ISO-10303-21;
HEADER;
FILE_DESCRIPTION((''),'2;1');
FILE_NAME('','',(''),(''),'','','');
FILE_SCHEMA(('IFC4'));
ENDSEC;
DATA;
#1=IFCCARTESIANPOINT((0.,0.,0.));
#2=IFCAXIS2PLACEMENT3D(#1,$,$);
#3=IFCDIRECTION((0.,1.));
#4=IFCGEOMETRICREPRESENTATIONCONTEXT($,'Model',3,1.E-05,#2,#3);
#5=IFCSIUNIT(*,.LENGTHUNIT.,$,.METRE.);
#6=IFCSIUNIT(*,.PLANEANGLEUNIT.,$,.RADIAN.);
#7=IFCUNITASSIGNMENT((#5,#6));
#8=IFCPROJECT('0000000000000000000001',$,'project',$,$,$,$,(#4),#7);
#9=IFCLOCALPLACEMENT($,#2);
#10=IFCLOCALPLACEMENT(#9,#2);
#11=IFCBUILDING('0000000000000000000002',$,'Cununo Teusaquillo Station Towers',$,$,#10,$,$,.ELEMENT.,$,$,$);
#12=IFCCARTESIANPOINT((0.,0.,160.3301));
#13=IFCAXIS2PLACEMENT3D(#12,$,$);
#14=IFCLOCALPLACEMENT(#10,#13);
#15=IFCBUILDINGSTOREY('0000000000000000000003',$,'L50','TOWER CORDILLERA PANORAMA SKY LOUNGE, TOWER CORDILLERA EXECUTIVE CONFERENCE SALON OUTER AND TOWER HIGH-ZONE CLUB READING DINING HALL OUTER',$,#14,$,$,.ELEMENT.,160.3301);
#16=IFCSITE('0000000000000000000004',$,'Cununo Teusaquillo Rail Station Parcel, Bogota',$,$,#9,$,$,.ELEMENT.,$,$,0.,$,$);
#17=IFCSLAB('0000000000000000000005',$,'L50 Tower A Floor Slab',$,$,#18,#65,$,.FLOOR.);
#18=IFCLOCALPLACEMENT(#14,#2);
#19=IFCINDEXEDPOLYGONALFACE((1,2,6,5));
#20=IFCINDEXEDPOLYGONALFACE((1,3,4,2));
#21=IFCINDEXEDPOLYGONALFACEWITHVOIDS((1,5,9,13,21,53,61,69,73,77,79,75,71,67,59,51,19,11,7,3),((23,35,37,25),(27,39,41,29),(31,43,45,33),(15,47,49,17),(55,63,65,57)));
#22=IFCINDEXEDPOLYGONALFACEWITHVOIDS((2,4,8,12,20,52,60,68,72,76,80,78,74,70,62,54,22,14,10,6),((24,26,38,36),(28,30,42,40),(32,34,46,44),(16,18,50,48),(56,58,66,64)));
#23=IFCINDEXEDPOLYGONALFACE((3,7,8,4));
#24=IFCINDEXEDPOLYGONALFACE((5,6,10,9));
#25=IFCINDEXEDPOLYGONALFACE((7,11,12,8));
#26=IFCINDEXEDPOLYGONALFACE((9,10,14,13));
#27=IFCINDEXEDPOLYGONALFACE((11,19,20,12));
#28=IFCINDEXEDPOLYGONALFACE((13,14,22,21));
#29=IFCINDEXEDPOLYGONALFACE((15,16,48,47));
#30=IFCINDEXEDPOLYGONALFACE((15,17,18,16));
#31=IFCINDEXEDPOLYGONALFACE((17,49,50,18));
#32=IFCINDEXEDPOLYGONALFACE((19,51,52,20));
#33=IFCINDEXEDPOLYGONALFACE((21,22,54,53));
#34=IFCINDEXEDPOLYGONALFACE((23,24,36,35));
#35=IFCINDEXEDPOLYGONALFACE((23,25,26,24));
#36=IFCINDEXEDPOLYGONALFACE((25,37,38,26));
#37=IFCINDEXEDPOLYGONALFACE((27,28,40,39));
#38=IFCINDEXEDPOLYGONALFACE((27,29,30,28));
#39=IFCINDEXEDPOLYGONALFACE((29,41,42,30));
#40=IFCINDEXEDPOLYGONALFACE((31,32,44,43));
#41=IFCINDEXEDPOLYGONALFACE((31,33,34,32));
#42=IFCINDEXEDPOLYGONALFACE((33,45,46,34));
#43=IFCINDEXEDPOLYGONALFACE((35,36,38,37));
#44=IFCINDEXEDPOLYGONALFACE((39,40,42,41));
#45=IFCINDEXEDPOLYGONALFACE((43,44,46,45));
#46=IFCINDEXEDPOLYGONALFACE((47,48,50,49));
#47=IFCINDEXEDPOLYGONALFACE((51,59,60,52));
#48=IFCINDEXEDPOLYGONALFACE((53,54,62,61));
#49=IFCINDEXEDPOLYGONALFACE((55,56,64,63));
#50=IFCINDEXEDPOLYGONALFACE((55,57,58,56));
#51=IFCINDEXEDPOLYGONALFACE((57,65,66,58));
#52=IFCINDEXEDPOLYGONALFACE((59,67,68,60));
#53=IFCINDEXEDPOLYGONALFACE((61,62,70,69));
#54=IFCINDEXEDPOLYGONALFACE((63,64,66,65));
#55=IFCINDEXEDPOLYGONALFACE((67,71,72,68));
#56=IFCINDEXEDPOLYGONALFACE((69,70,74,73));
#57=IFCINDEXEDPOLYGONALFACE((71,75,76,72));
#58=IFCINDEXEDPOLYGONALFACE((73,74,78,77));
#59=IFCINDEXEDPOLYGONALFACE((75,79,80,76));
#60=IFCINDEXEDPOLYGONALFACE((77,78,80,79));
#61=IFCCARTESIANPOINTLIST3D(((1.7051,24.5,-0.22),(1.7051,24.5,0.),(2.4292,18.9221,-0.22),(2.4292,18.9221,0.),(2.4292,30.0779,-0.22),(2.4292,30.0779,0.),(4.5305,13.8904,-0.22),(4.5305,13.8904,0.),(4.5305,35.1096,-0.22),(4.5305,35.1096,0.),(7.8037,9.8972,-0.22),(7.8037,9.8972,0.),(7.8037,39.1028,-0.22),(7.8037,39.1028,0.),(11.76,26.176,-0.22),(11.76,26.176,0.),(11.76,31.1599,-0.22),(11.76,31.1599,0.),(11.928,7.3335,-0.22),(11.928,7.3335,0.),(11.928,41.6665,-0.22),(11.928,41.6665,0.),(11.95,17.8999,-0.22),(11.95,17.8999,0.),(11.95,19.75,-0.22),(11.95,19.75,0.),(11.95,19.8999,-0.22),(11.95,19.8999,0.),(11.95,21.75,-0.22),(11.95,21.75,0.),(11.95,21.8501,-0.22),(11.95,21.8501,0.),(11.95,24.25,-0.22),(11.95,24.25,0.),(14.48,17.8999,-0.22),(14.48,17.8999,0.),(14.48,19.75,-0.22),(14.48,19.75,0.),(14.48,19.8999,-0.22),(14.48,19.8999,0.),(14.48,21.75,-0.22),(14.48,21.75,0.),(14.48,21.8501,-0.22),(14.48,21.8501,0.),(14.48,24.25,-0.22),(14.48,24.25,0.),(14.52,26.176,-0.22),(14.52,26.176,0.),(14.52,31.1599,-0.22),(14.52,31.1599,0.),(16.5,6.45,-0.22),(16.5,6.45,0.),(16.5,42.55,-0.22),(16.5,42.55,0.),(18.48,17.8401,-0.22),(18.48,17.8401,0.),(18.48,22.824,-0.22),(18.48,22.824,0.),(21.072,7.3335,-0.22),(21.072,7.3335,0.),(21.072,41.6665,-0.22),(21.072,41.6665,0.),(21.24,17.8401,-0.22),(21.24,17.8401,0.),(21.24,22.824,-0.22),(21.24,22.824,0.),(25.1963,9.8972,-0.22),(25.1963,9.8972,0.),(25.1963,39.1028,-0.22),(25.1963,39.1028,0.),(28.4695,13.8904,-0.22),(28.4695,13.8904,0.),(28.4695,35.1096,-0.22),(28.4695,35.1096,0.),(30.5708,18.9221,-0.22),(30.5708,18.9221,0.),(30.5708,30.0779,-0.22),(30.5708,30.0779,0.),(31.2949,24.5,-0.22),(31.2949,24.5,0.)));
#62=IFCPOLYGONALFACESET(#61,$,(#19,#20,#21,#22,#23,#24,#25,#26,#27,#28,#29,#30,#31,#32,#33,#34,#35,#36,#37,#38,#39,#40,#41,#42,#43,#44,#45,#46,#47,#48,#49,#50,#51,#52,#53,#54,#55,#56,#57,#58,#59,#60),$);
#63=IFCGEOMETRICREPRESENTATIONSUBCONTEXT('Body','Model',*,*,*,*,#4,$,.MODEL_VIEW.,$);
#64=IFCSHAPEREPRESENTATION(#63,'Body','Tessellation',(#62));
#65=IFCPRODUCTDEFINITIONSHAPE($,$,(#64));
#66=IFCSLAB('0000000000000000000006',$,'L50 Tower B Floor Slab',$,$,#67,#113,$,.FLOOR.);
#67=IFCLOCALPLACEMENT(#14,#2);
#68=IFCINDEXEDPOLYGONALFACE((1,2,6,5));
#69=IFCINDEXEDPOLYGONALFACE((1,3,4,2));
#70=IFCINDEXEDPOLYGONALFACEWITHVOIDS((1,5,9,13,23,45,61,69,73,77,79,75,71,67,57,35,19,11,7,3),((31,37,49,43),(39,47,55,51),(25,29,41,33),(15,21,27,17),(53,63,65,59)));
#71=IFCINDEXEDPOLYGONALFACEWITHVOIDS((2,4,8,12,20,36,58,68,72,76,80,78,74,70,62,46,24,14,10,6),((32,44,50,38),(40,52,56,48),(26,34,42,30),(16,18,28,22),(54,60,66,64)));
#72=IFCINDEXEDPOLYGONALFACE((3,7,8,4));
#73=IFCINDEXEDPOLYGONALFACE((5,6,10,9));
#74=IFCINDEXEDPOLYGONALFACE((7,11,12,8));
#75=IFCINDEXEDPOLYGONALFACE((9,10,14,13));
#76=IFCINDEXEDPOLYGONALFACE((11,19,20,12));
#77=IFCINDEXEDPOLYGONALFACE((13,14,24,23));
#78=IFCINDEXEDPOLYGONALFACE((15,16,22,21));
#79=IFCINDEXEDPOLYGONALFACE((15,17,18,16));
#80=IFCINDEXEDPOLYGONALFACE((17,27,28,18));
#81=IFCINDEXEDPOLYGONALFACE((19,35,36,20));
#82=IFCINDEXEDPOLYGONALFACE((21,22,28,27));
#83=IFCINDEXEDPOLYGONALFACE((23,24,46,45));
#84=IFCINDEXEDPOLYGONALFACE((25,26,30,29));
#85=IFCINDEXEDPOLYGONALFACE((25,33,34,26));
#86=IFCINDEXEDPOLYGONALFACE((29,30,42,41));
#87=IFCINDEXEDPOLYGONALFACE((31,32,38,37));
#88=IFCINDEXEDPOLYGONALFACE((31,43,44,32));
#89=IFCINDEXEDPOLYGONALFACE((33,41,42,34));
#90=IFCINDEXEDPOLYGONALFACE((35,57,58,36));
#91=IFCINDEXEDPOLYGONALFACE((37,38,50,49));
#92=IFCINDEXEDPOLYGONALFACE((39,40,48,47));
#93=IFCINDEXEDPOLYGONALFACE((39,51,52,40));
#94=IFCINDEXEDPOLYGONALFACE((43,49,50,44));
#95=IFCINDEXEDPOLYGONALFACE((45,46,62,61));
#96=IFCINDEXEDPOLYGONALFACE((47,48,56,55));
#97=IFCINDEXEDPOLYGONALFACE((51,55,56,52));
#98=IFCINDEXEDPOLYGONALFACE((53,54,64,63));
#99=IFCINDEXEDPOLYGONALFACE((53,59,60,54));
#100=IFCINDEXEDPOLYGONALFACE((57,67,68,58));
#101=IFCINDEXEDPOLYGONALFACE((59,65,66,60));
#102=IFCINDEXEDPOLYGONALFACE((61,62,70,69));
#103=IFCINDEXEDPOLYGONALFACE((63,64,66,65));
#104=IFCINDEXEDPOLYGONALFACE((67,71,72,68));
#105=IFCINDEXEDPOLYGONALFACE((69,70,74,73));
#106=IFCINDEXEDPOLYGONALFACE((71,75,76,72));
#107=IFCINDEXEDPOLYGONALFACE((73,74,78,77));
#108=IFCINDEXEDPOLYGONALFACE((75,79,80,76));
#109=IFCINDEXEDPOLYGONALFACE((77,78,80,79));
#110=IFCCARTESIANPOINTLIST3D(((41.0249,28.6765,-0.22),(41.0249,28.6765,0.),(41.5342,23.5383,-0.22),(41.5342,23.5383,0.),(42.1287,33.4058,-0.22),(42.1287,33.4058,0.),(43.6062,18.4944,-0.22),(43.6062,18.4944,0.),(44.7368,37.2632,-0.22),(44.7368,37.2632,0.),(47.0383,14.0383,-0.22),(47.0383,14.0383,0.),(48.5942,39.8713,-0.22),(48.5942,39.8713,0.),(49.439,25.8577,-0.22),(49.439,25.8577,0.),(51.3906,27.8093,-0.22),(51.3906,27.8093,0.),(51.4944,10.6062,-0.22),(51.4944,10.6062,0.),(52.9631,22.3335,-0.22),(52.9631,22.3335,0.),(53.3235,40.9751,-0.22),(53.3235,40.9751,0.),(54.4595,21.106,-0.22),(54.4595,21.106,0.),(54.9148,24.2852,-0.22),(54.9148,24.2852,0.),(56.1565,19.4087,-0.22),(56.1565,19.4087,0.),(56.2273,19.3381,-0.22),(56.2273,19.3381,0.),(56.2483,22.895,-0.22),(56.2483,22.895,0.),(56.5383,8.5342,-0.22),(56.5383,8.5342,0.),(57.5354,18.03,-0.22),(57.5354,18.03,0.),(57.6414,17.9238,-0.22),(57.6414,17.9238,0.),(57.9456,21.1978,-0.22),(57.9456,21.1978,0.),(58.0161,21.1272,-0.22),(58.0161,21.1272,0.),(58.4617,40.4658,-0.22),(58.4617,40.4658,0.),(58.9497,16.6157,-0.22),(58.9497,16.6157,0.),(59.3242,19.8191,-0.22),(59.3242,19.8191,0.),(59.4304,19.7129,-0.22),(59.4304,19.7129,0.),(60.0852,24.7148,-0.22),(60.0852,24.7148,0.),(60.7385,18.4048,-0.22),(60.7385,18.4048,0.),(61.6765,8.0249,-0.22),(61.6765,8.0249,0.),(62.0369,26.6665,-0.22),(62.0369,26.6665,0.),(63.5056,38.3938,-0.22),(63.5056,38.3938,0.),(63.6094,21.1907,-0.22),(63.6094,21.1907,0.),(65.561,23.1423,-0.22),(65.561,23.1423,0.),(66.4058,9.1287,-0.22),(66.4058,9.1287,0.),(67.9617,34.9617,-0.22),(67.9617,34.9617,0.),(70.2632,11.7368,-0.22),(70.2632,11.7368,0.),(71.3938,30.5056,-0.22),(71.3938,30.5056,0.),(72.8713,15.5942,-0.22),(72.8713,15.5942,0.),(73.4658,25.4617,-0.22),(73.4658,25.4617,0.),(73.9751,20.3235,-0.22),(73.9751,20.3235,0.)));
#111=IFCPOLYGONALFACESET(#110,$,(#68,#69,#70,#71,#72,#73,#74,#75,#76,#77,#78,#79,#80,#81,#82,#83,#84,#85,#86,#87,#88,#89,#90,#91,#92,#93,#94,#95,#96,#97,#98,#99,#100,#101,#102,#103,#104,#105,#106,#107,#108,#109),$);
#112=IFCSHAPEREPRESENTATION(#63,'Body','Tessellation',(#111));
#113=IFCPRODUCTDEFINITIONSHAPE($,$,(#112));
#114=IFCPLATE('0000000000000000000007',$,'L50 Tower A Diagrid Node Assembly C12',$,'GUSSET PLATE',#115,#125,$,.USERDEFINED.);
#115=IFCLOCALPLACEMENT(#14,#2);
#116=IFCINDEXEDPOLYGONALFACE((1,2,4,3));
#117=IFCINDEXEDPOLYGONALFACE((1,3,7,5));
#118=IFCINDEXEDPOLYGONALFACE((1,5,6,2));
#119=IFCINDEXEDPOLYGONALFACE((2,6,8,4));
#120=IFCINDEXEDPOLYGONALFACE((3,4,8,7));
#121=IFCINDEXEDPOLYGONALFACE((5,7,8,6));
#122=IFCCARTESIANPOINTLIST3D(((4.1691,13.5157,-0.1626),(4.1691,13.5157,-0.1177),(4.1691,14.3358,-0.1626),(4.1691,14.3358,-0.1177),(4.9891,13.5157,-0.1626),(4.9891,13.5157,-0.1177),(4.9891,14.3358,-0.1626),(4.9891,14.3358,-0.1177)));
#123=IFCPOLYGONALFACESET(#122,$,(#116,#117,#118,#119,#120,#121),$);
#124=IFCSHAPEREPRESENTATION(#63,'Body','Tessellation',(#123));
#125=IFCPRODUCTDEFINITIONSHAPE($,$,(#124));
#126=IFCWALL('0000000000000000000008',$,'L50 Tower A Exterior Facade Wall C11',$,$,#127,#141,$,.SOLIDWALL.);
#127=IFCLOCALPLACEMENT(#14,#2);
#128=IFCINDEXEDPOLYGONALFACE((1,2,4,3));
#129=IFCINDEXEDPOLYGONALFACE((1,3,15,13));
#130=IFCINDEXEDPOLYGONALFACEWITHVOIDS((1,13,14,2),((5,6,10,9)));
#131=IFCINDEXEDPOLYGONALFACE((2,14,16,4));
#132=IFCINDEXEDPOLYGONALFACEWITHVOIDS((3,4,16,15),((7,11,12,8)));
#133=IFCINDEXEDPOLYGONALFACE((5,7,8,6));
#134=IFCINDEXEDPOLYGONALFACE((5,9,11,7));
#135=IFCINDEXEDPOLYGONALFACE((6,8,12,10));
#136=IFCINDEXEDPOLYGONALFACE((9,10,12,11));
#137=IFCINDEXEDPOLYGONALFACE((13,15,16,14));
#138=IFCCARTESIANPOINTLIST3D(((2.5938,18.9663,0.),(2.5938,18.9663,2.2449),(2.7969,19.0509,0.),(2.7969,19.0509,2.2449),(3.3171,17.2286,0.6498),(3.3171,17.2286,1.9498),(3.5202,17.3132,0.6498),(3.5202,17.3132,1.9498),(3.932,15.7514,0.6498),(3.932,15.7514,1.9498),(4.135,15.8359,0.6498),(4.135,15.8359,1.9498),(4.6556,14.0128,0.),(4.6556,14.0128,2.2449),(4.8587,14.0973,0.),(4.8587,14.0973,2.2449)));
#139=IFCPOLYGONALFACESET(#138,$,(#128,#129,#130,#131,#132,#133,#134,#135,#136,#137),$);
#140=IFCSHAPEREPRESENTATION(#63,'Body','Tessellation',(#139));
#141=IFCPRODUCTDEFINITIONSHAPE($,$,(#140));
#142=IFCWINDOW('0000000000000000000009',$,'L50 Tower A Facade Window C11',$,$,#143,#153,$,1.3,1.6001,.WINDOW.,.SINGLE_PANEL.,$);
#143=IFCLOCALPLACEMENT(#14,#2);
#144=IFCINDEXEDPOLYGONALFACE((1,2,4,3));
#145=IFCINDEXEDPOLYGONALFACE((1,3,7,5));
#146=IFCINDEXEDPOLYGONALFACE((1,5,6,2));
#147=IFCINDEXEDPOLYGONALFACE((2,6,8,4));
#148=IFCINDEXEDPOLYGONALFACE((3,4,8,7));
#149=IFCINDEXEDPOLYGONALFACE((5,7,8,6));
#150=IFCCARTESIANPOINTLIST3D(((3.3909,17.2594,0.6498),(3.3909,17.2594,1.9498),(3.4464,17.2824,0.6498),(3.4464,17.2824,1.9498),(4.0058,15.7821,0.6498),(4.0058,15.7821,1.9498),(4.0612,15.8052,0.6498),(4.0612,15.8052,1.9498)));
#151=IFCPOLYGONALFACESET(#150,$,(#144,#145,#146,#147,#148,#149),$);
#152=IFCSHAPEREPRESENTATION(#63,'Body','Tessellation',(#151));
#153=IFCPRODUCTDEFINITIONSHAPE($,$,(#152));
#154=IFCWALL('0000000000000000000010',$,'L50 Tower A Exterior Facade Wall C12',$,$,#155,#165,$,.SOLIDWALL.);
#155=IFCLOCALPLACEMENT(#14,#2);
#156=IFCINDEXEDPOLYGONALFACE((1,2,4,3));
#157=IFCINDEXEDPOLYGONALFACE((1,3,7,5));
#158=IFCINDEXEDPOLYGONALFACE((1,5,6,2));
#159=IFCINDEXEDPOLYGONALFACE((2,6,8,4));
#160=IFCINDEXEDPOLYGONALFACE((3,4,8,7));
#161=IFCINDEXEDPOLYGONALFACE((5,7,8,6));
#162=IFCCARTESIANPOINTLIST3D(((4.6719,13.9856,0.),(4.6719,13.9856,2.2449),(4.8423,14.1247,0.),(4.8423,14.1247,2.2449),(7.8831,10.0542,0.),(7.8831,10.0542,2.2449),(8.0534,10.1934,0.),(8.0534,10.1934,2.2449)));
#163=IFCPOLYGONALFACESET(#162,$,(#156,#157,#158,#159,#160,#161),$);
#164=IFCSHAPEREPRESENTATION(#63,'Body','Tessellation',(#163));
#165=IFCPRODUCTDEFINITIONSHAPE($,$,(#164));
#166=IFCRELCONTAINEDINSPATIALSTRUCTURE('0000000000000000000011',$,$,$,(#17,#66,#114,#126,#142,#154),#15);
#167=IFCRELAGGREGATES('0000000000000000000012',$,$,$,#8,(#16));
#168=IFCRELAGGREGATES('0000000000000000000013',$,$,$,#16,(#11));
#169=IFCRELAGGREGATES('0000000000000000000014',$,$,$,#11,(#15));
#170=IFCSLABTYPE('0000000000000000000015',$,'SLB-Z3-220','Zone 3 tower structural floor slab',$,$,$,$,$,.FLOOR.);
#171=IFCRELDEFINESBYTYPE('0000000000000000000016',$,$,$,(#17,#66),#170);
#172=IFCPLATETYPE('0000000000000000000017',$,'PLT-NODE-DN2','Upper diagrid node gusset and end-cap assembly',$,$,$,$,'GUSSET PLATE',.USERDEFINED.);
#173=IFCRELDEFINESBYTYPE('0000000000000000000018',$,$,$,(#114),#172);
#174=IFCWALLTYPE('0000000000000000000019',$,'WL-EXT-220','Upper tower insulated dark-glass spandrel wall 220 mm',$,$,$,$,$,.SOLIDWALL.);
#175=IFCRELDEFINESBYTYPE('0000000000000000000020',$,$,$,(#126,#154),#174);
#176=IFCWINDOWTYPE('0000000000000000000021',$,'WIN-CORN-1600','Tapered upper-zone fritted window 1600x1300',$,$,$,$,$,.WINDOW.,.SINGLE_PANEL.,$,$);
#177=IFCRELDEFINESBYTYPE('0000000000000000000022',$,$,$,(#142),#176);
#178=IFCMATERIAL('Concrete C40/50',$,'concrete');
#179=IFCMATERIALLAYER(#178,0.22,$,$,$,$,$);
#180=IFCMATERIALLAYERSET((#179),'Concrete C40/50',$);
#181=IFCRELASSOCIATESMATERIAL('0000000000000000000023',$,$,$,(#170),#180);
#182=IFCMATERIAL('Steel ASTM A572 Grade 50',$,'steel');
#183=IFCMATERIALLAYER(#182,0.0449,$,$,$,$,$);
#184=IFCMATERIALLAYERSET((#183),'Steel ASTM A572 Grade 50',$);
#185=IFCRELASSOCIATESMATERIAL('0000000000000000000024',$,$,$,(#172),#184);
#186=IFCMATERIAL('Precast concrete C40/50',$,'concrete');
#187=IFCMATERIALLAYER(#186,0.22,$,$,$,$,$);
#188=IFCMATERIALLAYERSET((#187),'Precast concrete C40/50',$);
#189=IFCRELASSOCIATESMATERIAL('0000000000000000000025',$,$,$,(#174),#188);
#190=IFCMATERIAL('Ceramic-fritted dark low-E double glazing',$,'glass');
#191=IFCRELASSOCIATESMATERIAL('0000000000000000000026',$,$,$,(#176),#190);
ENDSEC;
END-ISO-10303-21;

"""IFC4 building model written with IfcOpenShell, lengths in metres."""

from ifc_helpers import new_model, si_unit, direction, frame, frame_2d, origin, origin_2d, place, context, subcontext, project, spatial, polyline, rectangle, outline, extrude, source, transform, mapped, material, layer, layer_set, type_object, element, fill, save


model = new_model("IFC4")

# Units and contexts
model_context = context("Model", 3, precision=1e-05, world=origin(), true_north=direction((0.0, 1.0)))
body_context = subcontext(model_context, "Body", "Model", "MODEL_VIEW")
ifc_project = project(units=[si_unit("LENGTHUNIT", "METRE"), si_unit("PLANEANGLEUNIT", "RADIAN")], contexts=[model_context])

# Site, building, storey
site_placement = place(None, origin())
site = spatial("IfcSite", under=ifc_project, at=site_placement, Name="Cununo Teusaquillo Rail Station Parcel, Bogota", CompositionType="ELEMENT", RefElevation=0.0)
building_placement = place(site_placement, origin())
building = spatial("IfcBuilding", under=site, at=building_placement, Name="Cununo Teusaquillo Station Towers", CompositionType="ELEMENT")
storey_placement = place(building_placement, frame((0.0, 0.0, 160.3301)))
storey = spatial("IfcBuildingStorey", under=building, at=storey_placement, Name="L50", Description="TOWER CORDILLERA PANORAMA SKY LOUNGE, TOWER CORDILLERA EXECUTIVE CONFERENCE SALON OUTER AND TOWER HIGH-ZONE CLUB READING DINING HALL OUTER", CompositionType="ELEMENT", Elevation=160.3301)

# Slabs
ifc_material_1 = material(Name="Concrete C40/50", Category="concrete")
ifc_layer_1 = layer(ifc_material_1, 0.22)
ifc_layer_set_1 = layer_set([ifc_layer_1], Name="Concrete C40/50")
slab_type_1 = type_object("IfcSlabType", Name="SLB-Z3-220", Description="Zone 3 tower structural floor slab", PredefinedType="FLOOR", material=ifc_layer_set_1)
slab_1_placement = place(storey_placement, frame((0.0, 0.0, -0.22)))
element("IfcSlab", 1, at=slab_1_placement, inside=storey, type_object=slab_type_1, Name="L50 Tower A Floor Slab", PredefinedType="FLOOR", context=body_context, shape_type="SweptSolid", body=[
    extrude(outline(polyline([(31.2949, 24.5), (30.5708, 30.0779), (28.4695, 35.1096), (25.1963, 39.1028), (21.072, 41.6665), (16.5, 42.55), (11.928, 41.6665), (7.8037, 39.1028), (4.5305, 35.1096), (2.4292, 30.0779), (1.7051, 24.5), (2.4292, 18.9221), (4.5305, 13.8904), (7.8037, 9.8972), (11.928, 7.3335), (16.5, 6.45), (21.072, 7.3335), (25.1963, 9.8972), (28.4695, 13.8904), (30.5708, 18.9221), (31.2949, 24.5)]), holes=[polyline([(14.52, 26.176), (14.52, 31.1599), (11.76, 31.1599), (11.76, 26.176), (14.52, 26.176)]), polyline([(18.48, 22.824), (18.48, 17.8401), (21.24, 17.8401), (21.24, 22.824), (18.48, 22.824)]), polyline([(11.95, 21.8501), (14.48, 21.8501), (14.48, 24.25), (11.95, 24.25), (11.95, 21.8501)]), polyline([(11.95, 17.8999), (14.48, 17.8999), (14.48, 19.75), (11.95, 19.75), (11.95, 17.8999)]), polyline([(11.95, 19.8999), (14.48, 19.8999), (14.48, 21.75), (11.95, 21.75), (11.95, 19.8999)])]), origin(), (0.0, 0.0, 1.0), 0.22),
])
slab_2_placement = place(storey_placement, frame((0.0, 0.0, -0.22)))
element("IfcSlab", 2, at=slab_2_placement, inside=storey, type_object=slab_type_1, Name="L50 Tower B Floor Slab", PredefinedType="FLOOR", context=body_context, shape_type="SweptSolid", body=[
    extrude(outline(polyline([(67.9617, 34.9617), (63.5056, 38.3938), (58.4617, 40.4658), (53.3235, 40.9751), (48.5942, 39.8713), (44.7368, 37.2632), (42.1287, 33.4058), (41.0249, 28.6765), (41.5342, 23.5383), (43.6062, 18.4944), (47.0383, 14.0383), (51.4944, 10.6062), (56.5383, 8.5342), (61.6765, 8.0249), (66.4058, 9.1287), (70.2632, 11.7368), (72.8713, 15.5942), (73.9751, 20.3235), (73.4658, 25.4617), (71.3938, 30.5056), (67.9617, 34.9617)]), holes=[polyline([(54.9148, 24.2852), (51.3906, 27.8093), (49.439, 25.8577), (52.9631, 22.3335), (54.9148, 24.2852)]), polyline([(60.0852, 24.7148), (63.6094, 21.1907), (65.561, 23.1423), (62.0369, 26.6665), (60.0852, 24.7148)]), polyline([(56.1565, 19.4087), (57.9456, 21.1978), (56.2483, 22.895), (54.4595, 21.106), (56.1565, 19.4087)]), polyline([(58.9497, 16.6157), (60.7385, 18.4048), (59.4304, 19.7129), (57.6414, 17.9238), (58.9497, 16.6157)]), polyline([(57.5354, 18.03), (59.3242, 19.8191), (58.0161, 21.1272), (56.2273, 19.3381), (57.5354, 18.03)])]), origin(), (0.0, 0.0, 1.0), 0.22),
])

# Plate
ifc_material_2 = material(Name="Steel ASTM A572 Grade 50", Category="steel")
ifc_layer_2 = layer(ifc_material_2, 0.0449)
ifc_layer_set_2 = layer_set([ifc_layer_2], Name="Steel ASTM A572 Grade 50")
plate_type = type_object("IfcPlateType", Name="PLT-NODE-DN2", Description="Upper diagrid node gusset and end-cap assembly", ElementType="GUSSET PLATE", PredefinedType="USERDEFINED", material=ifc_layer_set_2)
shared_shape_1 = source(origin(), body_context, "Body", "SweptSolid", [
    extrude(rectangle(XDim=0.8201, YDim=0.8201, at=origin_2d()), origin(), (0.0, 0.0, 1.0), 0.0449),
])
plate_placement = place(storey_placement, frame((4.5791, 13.9258, -0.1626), z_axis=(0.0, 0.0, 1.0), x_axis=(1.0, 0.0, 0.0)))
element("IfcPlate", 3, at=plate_placement, inside=storey, type_object=plate_type, Name="L50 Tower A Diagrid Node Assembly C12", ObjectType="GUSSET PLATE", PredefinedType="USERDEFINED", context=body_context, shape_type="MappedRepresentation", body=[
    mapped(shared_shape_1, transform((0.0, 0.0, 0.0), x_axis=(1.0, 0.0, 0.0), y_axis=(0.0, 1.0, 0.0), z_axis=(0.0, 0.0, 1.0), scale=1.0)),
])

# Wall, opening, window
ifc_material_3 = material(Name="Precast concrete C40/50", Category="concrete")
ifc_layer_3 = layer(ifc_material_3, 0.22)
ifc_layer_set_3 = layer_set([ifc_layer_3], Name="Precast concrete C40/50")
wall_type_1 = type_object("IfcWallType", Name="WL-EXT-220", Description="Upper tower insulated dark-glass spandrel wall 220 mm", PredefinedType="SOLIDWALL", material=ifc_layer_set_3)
wall_1_placement = place(storey_placement, frame((4.7571, 14.0552, 0.0), z_axis=(0.0, 0.0, 1.0), x_axis=(-0.38426, 0.923225, 0.0)))
wall_1 = element("IfcWall", 4, at=wall_1_placement, inside=storey, type_object=wall_type_1, Name="L50 Tower A Exterior Facade Wall C11", PredefinedType="SOLIDWALL", context=body_context, shape_type="SweptSolid", body=[
    extrude(rectangle(XDim=5.3655, YDim=0.22, at=frame_2d((2.6826, 0.0))), origin(), (0.0, 0.0, 1.0), 2.2449),
])
shared_shape_2 = source(origin(), body_context, "Body", "SweptSolid", [
    extrude(rectangle(XDim=1.6001, YDim=1.3, at=frame_2d((0.8, 0.6499))), frame((0.0, 0.1199, 0.0), z_axis=(0.0, -1.0, 0.0), x_axis=(1.0, 0.0, 0.0)), (0.0, 0.0, 1.0), 0.24),
])
opening_1_placement = place(wall_1_placement, frame((1.8831, 0.0, 0.6499)))
opening_1 = element("IfcOpeningElement", 5, at=opening_1_placement, cuts=wall_1, PredefinedType="OPENING", context=body_context, shape_type="MappedRepresentation", body=[
    mapped(shared_shape_2, transform((0.0, 0.0, 0.0), x_axis=(1.0, 0.0, 0.0), y_axis=(0.0, 1.0, 0.0), z_axis=(0.0, 0.0, 1.0), scale=1.0)),
])
ifc_material_4 = material(Name="Ceramic-fritted dark low-E double glazing", Category="glass")
window_type = type_object("IfcWindowType", Name="WIN-CORN-1600", Description="Tapered upper-zone fritted window 1600x1300", PartitioningType="SINGLE_PANEL", PredefinedType="WINDOW", material=ifc_material_4)
shared_shape_3 = source(origin(), body_context, "Body", "SweptSolid", [
    extrude(rectangle(XDim=1.6001, YDim=1.3, at=frame_2d((0.8, 0.6499))), frame((0.0, 0.03, 0.0), z_axis=(0.0, -1.0, 0.0), x_axis=(1.0, 0.0, 0.0)), (0.0, 0.0, 1.0), 0.0601),
])
window_1_placement = place(opening_1_placement, origin())
window_1 = element("IfcWindow", 6, at=window_1_placement, inside=storey, type_object=window_type, Name="L50 Tower A Facade Window C11", OverallHeight=1.3, OverallWidth=1.6001, PartitioningType="SINGLE_PANEL", PredefinedType="WINDOW", context=body_context, shape_type="MappedRepresentation", body=[
    mapped(shared_shape_3, transform((0.0, 0.0, 0.0), x_axis=(1.0, 0.0, 0.0), y_axis=(0.0, 1.0, 0.0), z_axis=(0.0, 0.0, 1.0), scale=1.0)),
])
fill(opening_1, window_1)

# Wall
wall_2_placement = place(storey_placement, frame((7.9683, 10.1238, 0.0), z_axis=(0.0, 0.0, 1.0), x_axis=(-0.632599, 0.77448, 0.0)))
element("IfcWall", 7, at=wall_2_placement, inside=storey, type_object=wall_type_1, Name="L50 Tower A Exterior Facade Wall C12", PredefinedType="SOLIDWALL", context=body_context, shape_type="SweptSolid", body=[
    extrude(rectangle(XDim=5.0762, YDim=0.22, at=frame_2d((2.5381, 0.0))), origin(), (0.0, 0.0, 1.0), 2.2449),
])

save(model, "model.ifc")
